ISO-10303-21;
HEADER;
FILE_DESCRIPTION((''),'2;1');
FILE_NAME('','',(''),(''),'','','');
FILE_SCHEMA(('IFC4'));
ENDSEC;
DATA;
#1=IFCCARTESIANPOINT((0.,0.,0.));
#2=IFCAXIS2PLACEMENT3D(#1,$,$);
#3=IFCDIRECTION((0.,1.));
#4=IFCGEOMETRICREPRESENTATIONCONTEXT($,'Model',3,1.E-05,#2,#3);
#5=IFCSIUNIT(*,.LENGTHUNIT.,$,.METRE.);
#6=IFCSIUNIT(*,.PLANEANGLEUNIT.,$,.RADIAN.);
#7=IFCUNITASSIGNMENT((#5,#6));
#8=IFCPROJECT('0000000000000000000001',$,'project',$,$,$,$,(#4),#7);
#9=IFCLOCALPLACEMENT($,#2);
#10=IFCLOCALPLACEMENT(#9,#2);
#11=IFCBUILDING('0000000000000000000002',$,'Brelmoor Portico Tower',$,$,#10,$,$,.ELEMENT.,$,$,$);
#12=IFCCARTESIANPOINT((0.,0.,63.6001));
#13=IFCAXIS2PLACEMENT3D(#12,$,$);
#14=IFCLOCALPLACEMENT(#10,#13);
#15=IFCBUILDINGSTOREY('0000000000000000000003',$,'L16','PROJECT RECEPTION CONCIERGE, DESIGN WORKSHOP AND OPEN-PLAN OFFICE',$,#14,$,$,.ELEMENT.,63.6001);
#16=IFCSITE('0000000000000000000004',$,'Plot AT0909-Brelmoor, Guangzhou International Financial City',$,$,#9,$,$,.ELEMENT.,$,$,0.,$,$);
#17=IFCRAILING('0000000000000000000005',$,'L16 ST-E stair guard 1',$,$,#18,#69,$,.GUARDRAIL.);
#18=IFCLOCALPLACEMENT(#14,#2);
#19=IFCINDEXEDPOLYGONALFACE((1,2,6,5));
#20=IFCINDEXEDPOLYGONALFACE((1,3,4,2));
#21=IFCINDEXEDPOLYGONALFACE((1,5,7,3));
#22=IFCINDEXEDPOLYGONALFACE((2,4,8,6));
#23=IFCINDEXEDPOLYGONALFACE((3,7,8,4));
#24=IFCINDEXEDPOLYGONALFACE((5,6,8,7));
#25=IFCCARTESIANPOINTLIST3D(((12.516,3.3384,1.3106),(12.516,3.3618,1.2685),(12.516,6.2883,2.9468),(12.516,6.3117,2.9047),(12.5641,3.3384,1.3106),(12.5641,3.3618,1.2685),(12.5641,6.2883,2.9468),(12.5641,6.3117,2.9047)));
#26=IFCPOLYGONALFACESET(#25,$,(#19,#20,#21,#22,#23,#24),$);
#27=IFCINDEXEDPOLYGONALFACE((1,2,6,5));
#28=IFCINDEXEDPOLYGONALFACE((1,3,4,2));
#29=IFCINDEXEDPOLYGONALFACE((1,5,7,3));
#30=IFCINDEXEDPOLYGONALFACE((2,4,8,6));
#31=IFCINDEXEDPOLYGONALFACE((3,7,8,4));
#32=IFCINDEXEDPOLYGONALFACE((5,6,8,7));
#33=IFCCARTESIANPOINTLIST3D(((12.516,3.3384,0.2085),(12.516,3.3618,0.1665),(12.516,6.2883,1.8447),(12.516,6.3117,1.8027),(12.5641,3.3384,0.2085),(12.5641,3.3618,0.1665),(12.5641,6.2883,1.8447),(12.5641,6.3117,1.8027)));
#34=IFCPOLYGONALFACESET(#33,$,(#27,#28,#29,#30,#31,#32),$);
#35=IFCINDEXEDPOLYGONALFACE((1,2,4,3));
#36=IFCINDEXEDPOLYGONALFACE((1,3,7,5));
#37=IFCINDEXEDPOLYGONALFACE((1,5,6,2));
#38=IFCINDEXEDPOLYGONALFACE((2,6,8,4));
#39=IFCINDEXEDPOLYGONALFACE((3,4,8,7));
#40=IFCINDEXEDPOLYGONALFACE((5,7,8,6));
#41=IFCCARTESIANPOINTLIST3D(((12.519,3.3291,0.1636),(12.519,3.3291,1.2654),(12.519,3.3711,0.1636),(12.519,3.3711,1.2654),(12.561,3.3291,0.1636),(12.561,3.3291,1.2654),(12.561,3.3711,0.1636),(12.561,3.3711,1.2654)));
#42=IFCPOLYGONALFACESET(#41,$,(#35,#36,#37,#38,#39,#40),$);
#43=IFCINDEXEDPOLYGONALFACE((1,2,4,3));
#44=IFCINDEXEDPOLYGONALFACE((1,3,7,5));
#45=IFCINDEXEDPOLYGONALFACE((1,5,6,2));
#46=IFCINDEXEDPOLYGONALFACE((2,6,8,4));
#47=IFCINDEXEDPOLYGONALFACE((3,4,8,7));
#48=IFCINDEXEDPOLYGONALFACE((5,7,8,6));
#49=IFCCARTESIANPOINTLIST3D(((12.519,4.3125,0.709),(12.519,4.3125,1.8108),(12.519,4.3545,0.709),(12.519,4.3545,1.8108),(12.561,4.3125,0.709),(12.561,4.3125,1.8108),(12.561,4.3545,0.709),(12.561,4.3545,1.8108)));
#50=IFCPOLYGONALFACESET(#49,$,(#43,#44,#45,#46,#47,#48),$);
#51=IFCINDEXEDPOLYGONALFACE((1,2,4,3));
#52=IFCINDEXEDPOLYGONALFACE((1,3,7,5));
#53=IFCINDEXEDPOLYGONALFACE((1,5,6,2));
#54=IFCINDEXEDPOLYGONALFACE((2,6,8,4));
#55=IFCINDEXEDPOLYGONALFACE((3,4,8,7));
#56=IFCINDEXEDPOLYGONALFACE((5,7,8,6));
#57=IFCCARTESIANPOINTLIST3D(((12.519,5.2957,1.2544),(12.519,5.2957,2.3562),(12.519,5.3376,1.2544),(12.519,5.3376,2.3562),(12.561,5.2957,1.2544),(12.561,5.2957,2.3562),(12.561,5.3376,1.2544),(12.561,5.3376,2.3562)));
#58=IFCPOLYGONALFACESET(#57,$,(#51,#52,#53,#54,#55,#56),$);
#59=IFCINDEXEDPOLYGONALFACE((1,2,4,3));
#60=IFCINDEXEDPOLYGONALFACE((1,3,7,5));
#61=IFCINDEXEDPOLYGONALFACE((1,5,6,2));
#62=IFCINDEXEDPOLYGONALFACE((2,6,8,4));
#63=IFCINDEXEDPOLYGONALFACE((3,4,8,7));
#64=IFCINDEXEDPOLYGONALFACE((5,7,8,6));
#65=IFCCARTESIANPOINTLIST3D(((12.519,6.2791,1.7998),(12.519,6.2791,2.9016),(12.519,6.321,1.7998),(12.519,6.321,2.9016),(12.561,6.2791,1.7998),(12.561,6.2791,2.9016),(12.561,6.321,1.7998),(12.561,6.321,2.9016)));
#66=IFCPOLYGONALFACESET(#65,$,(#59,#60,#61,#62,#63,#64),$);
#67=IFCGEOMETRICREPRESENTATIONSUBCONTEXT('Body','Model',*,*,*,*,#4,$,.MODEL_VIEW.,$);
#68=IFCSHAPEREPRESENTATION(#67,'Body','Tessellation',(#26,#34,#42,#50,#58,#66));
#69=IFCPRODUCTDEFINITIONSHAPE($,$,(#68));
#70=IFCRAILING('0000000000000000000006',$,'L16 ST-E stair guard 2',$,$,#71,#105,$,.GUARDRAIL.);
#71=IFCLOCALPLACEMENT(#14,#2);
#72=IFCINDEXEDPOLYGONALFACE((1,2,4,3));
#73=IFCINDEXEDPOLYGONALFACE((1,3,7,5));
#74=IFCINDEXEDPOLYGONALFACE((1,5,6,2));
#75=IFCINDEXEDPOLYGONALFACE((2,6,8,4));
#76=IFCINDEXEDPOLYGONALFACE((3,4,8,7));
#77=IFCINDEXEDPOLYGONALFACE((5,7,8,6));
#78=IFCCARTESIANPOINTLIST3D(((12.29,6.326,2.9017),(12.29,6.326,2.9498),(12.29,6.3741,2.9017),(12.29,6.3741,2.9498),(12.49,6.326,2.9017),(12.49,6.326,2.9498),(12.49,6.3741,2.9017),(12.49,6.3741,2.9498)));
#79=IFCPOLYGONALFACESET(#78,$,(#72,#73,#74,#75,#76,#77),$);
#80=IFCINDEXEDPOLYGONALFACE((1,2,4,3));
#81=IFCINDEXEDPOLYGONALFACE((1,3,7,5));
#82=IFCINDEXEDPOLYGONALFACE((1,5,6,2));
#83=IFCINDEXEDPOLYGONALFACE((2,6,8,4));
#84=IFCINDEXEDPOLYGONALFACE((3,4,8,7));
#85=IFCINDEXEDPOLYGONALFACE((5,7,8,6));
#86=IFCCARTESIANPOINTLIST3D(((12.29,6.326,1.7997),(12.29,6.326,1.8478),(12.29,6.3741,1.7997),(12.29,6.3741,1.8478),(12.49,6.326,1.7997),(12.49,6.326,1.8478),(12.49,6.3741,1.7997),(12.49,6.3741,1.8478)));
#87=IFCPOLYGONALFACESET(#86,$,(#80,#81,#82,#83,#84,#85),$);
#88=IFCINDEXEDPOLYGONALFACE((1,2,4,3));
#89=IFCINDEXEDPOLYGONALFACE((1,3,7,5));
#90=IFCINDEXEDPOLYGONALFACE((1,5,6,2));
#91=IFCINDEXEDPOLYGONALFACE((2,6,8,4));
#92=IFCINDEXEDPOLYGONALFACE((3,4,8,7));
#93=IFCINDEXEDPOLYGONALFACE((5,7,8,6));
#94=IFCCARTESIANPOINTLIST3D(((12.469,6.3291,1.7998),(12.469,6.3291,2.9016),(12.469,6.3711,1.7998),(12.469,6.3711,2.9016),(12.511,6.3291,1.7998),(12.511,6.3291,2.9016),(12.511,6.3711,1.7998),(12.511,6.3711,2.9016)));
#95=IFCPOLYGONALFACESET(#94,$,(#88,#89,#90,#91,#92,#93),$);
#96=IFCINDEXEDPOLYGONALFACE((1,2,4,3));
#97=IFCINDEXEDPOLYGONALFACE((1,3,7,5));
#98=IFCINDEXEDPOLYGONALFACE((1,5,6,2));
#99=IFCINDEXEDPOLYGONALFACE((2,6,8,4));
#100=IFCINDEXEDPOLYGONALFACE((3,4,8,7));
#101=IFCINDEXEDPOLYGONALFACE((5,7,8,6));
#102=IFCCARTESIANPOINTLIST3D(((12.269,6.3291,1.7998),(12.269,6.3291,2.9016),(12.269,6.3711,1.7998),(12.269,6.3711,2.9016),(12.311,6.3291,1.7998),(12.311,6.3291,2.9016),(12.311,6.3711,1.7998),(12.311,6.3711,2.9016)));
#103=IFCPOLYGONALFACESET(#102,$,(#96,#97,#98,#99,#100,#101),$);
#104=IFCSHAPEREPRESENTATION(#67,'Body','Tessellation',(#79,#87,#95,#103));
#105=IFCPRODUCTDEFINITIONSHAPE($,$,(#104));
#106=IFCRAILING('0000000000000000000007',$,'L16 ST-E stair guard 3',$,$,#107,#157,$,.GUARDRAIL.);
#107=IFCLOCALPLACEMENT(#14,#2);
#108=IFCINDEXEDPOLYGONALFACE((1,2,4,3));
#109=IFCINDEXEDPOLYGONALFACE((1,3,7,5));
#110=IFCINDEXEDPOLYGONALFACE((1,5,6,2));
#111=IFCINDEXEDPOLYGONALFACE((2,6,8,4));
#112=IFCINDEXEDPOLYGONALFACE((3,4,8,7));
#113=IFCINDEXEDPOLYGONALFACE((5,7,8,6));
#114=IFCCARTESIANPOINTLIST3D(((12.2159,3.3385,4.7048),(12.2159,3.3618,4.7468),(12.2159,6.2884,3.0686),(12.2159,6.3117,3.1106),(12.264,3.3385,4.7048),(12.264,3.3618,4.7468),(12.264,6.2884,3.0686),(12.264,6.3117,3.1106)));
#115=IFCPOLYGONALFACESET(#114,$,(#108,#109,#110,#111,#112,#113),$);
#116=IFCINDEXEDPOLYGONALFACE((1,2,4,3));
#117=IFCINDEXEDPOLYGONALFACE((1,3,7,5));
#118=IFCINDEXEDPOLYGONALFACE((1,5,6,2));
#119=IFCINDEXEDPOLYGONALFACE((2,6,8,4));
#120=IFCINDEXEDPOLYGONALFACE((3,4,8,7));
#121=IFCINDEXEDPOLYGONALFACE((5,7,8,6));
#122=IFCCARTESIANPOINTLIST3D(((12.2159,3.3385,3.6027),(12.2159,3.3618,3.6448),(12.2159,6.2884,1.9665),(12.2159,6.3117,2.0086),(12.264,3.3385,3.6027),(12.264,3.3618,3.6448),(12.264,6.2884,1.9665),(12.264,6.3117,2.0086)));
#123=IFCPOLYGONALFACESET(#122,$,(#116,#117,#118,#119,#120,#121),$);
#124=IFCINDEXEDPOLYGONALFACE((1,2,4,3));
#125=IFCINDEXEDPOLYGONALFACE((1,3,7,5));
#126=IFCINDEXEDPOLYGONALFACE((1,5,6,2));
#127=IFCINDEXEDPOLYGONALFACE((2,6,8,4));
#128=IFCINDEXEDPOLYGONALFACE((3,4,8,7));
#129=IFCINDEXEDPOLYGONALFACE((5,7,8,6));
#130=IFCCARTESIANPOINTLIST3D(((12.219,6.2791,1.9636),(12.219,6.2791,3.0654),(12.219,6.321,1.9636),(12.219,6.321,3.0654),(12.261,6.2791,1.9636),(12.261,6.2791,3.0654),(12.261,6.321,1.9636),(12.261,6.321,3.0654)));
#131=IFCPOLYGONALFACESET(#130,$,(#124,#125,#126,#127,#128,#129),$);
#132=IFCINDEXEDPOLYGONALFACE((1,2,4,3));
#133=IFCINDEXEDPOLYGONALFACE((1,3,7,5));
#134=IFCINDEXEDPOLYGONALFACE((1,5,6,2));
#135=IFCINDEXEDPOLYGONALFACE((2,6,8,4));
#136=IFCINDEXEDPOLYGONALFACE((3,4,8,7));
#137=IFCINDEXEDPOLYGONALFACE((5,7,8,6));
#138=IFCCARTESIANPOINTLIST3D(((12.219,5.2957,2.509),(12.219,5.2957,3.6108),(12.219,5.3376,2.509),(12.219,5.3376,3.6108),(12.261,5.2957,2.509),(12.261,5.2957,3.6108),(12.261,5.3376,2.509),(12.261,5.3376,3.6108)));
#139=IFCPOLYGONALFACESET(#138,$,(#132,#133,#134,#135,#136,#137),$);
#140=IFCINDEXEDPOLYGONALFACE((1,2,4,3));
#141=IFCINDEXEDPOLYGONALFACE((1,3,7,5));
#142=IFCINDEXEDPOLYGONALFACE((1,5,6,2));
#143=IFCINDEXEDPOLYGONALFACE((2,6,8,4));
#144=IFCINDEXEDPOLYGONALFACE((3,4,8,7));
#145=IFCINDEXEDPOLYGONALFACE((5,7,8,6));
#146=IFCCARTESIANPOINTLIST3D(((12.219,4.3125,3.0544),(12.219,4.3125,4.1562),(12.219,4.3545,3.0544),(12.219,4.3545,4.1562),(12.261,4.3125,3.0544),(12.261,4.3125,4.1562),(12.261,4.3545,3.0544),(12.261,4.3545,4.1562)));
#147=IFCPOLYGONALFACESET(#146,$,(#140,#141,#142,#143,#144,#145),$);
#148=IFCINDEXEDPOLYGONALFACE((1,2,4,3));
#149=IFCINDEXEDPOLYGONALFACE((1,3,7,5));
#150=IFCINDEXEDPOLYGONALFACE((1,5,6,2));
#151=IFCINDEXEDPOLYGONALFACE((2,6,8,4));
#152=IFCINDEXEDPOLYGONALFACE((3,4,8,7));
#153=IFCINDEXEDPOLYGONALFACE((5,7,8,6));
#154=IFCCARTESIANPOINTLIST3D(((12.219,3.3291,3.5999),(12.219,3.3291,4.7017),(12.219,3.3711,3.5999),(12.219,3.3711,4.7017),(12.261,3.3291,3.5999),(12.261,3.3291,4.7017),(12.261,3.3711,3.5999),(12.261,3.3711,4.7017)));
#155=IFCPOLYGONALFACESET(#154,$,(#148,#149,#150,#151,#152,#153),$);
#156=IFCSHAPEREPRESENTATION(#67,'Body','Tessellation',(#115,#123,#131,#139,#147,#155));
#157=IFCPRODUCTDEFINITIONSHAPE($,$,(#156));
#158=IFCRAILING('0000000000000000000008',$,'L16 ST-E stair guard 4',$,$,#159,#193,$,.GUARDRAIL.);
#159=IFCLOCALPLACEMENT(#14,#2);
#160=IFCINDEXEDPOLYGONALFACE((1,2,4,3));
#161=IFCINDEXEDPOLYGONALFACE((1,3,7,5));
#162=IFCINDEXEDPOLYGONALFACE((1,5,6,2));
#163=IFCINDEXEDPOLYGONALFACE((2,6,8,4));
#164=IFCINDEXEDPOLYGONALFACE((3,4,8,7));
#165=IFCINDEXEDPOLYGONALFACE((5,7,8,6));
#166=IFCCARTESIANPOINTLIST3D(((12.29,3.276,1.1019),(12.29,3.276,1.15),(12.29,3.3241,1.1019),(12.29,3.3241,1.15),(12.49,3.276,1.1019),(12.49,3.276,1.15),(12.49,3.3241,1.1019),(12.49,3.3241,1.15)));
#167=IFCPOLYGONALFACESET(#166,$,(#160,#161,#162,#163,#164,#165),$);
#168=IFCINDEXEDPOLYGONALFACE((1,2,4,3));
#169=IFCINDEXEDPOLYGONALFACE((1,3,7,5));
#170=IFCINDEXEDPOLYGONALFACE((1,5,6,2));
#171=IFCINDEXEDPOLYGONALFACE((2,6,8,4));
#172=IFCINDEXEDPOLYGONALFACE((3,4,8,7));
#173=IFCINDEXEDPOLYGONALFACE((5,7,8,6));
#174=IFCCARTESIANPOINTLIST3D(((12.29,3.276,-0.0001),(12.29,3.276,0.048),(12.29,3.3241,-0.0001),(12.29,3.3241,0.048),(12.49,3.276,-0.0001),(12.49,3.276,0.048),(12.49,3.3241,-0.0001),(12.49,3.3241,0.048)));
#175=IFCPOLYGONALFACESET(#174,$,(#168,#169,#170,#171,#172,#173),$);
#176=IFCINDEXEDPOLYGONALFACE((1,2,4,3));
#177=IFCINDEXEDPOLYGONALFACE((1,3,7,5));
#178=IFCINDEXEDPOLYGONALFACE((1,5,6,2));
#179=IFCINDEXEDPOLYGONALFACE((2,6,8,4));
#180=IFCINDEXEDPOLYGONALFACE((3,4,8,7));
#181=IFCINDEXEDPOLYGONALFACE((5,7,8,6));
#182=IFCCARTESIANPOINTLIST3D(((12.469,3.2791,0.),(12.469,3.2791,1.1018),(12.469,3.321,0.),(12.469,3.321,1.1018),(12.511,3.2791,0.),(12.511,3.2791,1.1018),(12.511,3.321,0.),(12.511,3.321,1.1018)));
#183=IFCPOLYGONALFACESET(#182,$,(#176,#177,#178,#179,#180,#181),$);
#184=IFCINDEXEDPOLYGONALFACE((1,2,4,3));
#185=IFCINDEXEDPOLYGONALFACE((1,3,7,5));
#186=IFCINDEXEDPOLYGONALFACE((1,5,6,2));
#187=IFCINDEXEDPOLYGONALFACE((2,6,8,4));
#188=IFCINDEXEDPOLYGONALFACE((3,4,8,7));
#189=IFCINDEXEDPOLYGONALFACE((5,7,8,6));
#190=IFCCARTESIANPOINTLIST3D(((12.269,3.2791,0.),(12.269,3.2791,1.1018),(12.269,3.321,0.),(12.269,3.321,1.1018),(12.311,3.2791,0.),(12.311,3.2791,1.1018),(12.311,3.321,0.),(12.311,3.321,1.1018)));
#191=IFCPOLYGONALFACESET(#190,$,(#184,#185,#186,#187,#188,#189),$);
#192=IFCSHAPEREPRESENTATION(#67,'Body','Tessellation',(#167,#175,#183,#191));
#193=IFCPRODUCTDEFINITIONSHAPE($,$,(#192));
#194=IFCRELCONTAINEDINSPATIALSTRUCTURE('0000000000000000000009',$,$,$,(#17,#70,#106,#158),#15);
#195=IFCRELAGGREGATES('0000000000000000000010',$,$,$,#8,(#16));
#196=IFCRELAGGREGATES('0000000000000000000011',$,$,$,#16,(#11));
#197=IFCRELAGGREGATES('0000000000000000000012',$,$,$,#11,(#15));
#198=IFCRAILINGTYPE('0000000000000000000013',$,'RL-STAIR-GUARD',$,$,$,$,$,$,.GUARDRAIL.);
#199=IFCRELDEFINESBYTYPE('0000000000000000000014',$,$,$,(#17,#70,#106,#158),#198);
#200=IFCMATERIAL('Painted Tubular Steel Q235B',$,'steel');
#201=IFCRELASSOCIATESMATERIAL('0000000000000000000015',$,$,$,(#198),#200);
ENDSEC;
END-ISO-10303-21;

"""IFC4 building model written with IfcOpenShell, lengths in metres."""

from ifc_helpers import new_model, si_unit, direction, frame, origin, origin_2d, place, context, subcontext, project, spatial, rectangle, extrude, material, type_object, element, save


model = new_model("IFC4")

# Units and contexts
model_context = context("Model", 3, precision=1e-05, world=origin(), true_north=direction((0.0, 1.0)))
body_context = subcontext(model_context, "Body", "Model", "MODEL_VIEW")
ifc_project = project(units=[si_unit("LENGTHUNIT", "METRE"), si_unit("PLANEANGLEUNIT", "RADIAN")], contexts=[model_context])

# Site, building, storey
site_placement = place(None, origin())
site = spatial("IfcSite", under=ifc_project, at=site_placement, Name="Plot AT0909-Brelmoor, Guangzhou International Financial City", CompositionType="ELEMENT", RefElevation=0.0)
building_placement = place(site_placement, origin())
building = spatial("IfcBuilding", under=site, at=building_placement, Name="Brelmoor Portico Tower", CompositionType="ELEMENT")
storey_placement = place(building_placement, frame((0.0, 0.0, 63.6001)))
storey = spatial("IfcBuildingStorey", under=building, at=storey_placement, Name="L16", Description="PROJECT RECEPTION CONCIERGE, DESIGN WORKSHOP AND OPEN-PLAN OFFICE", CompositionType="ELEMENT", Elevation=63.6001)

# Railings
ifc_material_1 = material(Name="Painted Tubular Steel Q235B", Category="steel")
railing_type_1 = type_object("IfcRailingType", Name="RL-STAIR-GUARD", PredefinedType="GUARDRAIL", material=ifc_material_1)
railing_1_placement = place(storey_placement, frame((12.54, 3.3501, 0.1636)))
element("IfcRailing", 1, at=railing_1_placement, inside=storey, type_object=railing_type_1, Name="L16 ST-E stair guard 1", PredefinedType="GUARDRAIL", context=body_context, shape_type="SweptSolid", body=[
    extrude(rectangle(XDim=0.0481, YDim=0.0481, at=origin_2d()), frame((0.0, 0.0, 1.126), z_axis=(0.0, 0.874488, 0.485047), x_axis=(-1.0, 0.0, 0.0)), (0.0, 0.0, 1.0), 3.3733),
    extrude(rectangle(XDim=0.0481, YDim=0.0481, at=origin_2d()), frame((0.0, 0.0, 0.0239), z_axis=(0.0, 0.874488, 0.485047), x_axis=(-1.0, 0.0, 0.0)), (0.0, 0.0, 1.0), 3.3733),
    extrude(rectangle(XDim=0.042, YDim=0.042, at=origin_2d()), origin(), (0.0, 0.0, 1.0), 1.1018),
    extrude(rectangle(XDim=0.042, YDim=0.042, at=origin_2d()), frame((0.0, 0.9834, 0.5454)), (0.0, 0.0, 1.0), 1.1018),
    extrude(rectangle(XDim=0.042, YDim=0.042, at=origin_2d()), frame((0.0, 1.9666, 1.0908)), (0.0, 0.0, 1.0), 1.1018),
    extrude(rectangle(XDim=0.042, YDim=0.042, at=origin_2d()), frame((0.0, 2.95, 1.6362)), (0.0, 0.0, 1.0), 1.1018),
])
railing_2_placement = place(storey_placement, frame((12.49, 6.3501, 1.7998)))
element("IfcRailing", 2, at=railing_2_placement, inside=storey, type_object=railing_type_1, Name="L16 ST-E stair guard 2", PredefinedType="GUARDRAIL", context=body_context, shape_type="SweptSolid", body=[
    extrude(rectangle(XDim=0.0481, YDim=0.0481, at=origin_2d()), frame((0.0, 0.0, 1.126), z_axis=(-1.0, 0.0, 0.0), x_axis=(0.0, -1.0, 0.0)), (0.0, 0.0, 1.0), 0.2),
    extrude(rectangle(XDim=0.0481, YDim=0.0481, at=origin_2d()), frame((0.0, 0.0, 0.0239), z_axis=(-1.0, 0.0, 0.0), x_axis=(0.0, -1.0, 0.0)), (0.0, 0.0, 1.0), 0.2),
    extrude(rectangle(XDim=0.042, YDim=0.042, at=origin_2d()), origin(), (0.0, 0.0, 1.0), 1.1018),
    extrude(rectangle(XDim=0.042, YDim=0.042, at=origin_2d()), frame((-0.2, 0.0, 0.0)), (0.0, 0.0, 1.0), 1.1018),
])
railing_3_placement = place(storey_placement, frame((12.24, 6.3, 1.9636)))
element("IfcRailing", 3, at=railing_3_placement, inside=storey, type_object=railing_type_1, Name="L16 ST-E stair guard 3", PredefinedType="GUARDRAIL", context=body_context, shape_type="SweptSolid", body=[
    extrude(rectangle(XDim=0.0481, YDim=0.0481, at=origin_2d()), frame((0.0, 0.0, 1.126), z_axis=(0.0, -0.874488, 0.485047), x_axis=(1.0, 0.0, 0.0)), (0.0, 0.0, 1.0), 3.3733),
    extrude(rectangle(XDim=0.0481, YDim=0.0481, at=origin_2d()), frame((0.0, 0.0, 0.0239), z_axis=(0.0, -0.874488, 0.485047), x_axis=(1.0, 0.0, 0.0)), (0.0, 0.0, 1.0), 3.3733),
    extrude(rectangle(XDim=0.042, YDim=0.042, at=origin_2d()), origin(), (0.0, 0.0, 1.0), 1.1018),
    extrude(rectangle(XDim=0.042, YDim=0.042, at=origin_2d()), frame((0.0, -0.9834, 0.5454)), (0.0, 0.0, 1.0), 1.1018),
    extrude(rectangle(XDim=0.042, YDim=0.042, at=origin_2d()), frame((0.0, -1.9666, 1.0908)), (0.0, 0.0, 1.0), 1.1018),
    extrude(rectangle(XDim=0.042, YDim=0.042, at=origin_2d()), frame((0.0, -2.95, 1.6362)), (0.0, 0.0, 1.0), 1.1018),
])
railing_4_placement = place(storey_placement, frame((12.49, 3.3, 0.0)))
element("IfcRailing", 4, at=railing_4_placement, inside=storey, type_object=railing_type_1, Name="L16 ST-E stair guard 4", PredefinedType="GUARDRAIL", context=body_context, shape_type="SweptSolid", body=[
    extrude(rectangle(XDim=0.0481, YDim=0.0481, at=origin_2d()), frame((0.0, 0.0, 1.126), z_axis=(-1.0, 0.0, 0.0), x_axis=(0.0, -1.0, 0.0)), (0.0, 0.0, 1.0), 0.2),
    extrude(rectangle(XDim=0.0481, YDim=0.0481, at=origin_2d()), frame((0.0, 0.0, 0.0239), z_axis=(-1.0, 0.0, 0.0), x_axis=(0.0, -1.0, 0.0)), (0.0, 0.0, 1.0), 0.2),
    extrude(rectangle(XDim=0.042, YDim=0.042, at=origin_2d()), origin(), (0.0, 0.0, 1.0), 1.1018),
    extrude(rectangle(XDim=0.042, YDim=0.042, at=origin_2d()), frame((-0.2, 0.0, 0.0)), (0.0, 0.0, 1.0), 1.1018),
])

save(model, "model.ifc")
